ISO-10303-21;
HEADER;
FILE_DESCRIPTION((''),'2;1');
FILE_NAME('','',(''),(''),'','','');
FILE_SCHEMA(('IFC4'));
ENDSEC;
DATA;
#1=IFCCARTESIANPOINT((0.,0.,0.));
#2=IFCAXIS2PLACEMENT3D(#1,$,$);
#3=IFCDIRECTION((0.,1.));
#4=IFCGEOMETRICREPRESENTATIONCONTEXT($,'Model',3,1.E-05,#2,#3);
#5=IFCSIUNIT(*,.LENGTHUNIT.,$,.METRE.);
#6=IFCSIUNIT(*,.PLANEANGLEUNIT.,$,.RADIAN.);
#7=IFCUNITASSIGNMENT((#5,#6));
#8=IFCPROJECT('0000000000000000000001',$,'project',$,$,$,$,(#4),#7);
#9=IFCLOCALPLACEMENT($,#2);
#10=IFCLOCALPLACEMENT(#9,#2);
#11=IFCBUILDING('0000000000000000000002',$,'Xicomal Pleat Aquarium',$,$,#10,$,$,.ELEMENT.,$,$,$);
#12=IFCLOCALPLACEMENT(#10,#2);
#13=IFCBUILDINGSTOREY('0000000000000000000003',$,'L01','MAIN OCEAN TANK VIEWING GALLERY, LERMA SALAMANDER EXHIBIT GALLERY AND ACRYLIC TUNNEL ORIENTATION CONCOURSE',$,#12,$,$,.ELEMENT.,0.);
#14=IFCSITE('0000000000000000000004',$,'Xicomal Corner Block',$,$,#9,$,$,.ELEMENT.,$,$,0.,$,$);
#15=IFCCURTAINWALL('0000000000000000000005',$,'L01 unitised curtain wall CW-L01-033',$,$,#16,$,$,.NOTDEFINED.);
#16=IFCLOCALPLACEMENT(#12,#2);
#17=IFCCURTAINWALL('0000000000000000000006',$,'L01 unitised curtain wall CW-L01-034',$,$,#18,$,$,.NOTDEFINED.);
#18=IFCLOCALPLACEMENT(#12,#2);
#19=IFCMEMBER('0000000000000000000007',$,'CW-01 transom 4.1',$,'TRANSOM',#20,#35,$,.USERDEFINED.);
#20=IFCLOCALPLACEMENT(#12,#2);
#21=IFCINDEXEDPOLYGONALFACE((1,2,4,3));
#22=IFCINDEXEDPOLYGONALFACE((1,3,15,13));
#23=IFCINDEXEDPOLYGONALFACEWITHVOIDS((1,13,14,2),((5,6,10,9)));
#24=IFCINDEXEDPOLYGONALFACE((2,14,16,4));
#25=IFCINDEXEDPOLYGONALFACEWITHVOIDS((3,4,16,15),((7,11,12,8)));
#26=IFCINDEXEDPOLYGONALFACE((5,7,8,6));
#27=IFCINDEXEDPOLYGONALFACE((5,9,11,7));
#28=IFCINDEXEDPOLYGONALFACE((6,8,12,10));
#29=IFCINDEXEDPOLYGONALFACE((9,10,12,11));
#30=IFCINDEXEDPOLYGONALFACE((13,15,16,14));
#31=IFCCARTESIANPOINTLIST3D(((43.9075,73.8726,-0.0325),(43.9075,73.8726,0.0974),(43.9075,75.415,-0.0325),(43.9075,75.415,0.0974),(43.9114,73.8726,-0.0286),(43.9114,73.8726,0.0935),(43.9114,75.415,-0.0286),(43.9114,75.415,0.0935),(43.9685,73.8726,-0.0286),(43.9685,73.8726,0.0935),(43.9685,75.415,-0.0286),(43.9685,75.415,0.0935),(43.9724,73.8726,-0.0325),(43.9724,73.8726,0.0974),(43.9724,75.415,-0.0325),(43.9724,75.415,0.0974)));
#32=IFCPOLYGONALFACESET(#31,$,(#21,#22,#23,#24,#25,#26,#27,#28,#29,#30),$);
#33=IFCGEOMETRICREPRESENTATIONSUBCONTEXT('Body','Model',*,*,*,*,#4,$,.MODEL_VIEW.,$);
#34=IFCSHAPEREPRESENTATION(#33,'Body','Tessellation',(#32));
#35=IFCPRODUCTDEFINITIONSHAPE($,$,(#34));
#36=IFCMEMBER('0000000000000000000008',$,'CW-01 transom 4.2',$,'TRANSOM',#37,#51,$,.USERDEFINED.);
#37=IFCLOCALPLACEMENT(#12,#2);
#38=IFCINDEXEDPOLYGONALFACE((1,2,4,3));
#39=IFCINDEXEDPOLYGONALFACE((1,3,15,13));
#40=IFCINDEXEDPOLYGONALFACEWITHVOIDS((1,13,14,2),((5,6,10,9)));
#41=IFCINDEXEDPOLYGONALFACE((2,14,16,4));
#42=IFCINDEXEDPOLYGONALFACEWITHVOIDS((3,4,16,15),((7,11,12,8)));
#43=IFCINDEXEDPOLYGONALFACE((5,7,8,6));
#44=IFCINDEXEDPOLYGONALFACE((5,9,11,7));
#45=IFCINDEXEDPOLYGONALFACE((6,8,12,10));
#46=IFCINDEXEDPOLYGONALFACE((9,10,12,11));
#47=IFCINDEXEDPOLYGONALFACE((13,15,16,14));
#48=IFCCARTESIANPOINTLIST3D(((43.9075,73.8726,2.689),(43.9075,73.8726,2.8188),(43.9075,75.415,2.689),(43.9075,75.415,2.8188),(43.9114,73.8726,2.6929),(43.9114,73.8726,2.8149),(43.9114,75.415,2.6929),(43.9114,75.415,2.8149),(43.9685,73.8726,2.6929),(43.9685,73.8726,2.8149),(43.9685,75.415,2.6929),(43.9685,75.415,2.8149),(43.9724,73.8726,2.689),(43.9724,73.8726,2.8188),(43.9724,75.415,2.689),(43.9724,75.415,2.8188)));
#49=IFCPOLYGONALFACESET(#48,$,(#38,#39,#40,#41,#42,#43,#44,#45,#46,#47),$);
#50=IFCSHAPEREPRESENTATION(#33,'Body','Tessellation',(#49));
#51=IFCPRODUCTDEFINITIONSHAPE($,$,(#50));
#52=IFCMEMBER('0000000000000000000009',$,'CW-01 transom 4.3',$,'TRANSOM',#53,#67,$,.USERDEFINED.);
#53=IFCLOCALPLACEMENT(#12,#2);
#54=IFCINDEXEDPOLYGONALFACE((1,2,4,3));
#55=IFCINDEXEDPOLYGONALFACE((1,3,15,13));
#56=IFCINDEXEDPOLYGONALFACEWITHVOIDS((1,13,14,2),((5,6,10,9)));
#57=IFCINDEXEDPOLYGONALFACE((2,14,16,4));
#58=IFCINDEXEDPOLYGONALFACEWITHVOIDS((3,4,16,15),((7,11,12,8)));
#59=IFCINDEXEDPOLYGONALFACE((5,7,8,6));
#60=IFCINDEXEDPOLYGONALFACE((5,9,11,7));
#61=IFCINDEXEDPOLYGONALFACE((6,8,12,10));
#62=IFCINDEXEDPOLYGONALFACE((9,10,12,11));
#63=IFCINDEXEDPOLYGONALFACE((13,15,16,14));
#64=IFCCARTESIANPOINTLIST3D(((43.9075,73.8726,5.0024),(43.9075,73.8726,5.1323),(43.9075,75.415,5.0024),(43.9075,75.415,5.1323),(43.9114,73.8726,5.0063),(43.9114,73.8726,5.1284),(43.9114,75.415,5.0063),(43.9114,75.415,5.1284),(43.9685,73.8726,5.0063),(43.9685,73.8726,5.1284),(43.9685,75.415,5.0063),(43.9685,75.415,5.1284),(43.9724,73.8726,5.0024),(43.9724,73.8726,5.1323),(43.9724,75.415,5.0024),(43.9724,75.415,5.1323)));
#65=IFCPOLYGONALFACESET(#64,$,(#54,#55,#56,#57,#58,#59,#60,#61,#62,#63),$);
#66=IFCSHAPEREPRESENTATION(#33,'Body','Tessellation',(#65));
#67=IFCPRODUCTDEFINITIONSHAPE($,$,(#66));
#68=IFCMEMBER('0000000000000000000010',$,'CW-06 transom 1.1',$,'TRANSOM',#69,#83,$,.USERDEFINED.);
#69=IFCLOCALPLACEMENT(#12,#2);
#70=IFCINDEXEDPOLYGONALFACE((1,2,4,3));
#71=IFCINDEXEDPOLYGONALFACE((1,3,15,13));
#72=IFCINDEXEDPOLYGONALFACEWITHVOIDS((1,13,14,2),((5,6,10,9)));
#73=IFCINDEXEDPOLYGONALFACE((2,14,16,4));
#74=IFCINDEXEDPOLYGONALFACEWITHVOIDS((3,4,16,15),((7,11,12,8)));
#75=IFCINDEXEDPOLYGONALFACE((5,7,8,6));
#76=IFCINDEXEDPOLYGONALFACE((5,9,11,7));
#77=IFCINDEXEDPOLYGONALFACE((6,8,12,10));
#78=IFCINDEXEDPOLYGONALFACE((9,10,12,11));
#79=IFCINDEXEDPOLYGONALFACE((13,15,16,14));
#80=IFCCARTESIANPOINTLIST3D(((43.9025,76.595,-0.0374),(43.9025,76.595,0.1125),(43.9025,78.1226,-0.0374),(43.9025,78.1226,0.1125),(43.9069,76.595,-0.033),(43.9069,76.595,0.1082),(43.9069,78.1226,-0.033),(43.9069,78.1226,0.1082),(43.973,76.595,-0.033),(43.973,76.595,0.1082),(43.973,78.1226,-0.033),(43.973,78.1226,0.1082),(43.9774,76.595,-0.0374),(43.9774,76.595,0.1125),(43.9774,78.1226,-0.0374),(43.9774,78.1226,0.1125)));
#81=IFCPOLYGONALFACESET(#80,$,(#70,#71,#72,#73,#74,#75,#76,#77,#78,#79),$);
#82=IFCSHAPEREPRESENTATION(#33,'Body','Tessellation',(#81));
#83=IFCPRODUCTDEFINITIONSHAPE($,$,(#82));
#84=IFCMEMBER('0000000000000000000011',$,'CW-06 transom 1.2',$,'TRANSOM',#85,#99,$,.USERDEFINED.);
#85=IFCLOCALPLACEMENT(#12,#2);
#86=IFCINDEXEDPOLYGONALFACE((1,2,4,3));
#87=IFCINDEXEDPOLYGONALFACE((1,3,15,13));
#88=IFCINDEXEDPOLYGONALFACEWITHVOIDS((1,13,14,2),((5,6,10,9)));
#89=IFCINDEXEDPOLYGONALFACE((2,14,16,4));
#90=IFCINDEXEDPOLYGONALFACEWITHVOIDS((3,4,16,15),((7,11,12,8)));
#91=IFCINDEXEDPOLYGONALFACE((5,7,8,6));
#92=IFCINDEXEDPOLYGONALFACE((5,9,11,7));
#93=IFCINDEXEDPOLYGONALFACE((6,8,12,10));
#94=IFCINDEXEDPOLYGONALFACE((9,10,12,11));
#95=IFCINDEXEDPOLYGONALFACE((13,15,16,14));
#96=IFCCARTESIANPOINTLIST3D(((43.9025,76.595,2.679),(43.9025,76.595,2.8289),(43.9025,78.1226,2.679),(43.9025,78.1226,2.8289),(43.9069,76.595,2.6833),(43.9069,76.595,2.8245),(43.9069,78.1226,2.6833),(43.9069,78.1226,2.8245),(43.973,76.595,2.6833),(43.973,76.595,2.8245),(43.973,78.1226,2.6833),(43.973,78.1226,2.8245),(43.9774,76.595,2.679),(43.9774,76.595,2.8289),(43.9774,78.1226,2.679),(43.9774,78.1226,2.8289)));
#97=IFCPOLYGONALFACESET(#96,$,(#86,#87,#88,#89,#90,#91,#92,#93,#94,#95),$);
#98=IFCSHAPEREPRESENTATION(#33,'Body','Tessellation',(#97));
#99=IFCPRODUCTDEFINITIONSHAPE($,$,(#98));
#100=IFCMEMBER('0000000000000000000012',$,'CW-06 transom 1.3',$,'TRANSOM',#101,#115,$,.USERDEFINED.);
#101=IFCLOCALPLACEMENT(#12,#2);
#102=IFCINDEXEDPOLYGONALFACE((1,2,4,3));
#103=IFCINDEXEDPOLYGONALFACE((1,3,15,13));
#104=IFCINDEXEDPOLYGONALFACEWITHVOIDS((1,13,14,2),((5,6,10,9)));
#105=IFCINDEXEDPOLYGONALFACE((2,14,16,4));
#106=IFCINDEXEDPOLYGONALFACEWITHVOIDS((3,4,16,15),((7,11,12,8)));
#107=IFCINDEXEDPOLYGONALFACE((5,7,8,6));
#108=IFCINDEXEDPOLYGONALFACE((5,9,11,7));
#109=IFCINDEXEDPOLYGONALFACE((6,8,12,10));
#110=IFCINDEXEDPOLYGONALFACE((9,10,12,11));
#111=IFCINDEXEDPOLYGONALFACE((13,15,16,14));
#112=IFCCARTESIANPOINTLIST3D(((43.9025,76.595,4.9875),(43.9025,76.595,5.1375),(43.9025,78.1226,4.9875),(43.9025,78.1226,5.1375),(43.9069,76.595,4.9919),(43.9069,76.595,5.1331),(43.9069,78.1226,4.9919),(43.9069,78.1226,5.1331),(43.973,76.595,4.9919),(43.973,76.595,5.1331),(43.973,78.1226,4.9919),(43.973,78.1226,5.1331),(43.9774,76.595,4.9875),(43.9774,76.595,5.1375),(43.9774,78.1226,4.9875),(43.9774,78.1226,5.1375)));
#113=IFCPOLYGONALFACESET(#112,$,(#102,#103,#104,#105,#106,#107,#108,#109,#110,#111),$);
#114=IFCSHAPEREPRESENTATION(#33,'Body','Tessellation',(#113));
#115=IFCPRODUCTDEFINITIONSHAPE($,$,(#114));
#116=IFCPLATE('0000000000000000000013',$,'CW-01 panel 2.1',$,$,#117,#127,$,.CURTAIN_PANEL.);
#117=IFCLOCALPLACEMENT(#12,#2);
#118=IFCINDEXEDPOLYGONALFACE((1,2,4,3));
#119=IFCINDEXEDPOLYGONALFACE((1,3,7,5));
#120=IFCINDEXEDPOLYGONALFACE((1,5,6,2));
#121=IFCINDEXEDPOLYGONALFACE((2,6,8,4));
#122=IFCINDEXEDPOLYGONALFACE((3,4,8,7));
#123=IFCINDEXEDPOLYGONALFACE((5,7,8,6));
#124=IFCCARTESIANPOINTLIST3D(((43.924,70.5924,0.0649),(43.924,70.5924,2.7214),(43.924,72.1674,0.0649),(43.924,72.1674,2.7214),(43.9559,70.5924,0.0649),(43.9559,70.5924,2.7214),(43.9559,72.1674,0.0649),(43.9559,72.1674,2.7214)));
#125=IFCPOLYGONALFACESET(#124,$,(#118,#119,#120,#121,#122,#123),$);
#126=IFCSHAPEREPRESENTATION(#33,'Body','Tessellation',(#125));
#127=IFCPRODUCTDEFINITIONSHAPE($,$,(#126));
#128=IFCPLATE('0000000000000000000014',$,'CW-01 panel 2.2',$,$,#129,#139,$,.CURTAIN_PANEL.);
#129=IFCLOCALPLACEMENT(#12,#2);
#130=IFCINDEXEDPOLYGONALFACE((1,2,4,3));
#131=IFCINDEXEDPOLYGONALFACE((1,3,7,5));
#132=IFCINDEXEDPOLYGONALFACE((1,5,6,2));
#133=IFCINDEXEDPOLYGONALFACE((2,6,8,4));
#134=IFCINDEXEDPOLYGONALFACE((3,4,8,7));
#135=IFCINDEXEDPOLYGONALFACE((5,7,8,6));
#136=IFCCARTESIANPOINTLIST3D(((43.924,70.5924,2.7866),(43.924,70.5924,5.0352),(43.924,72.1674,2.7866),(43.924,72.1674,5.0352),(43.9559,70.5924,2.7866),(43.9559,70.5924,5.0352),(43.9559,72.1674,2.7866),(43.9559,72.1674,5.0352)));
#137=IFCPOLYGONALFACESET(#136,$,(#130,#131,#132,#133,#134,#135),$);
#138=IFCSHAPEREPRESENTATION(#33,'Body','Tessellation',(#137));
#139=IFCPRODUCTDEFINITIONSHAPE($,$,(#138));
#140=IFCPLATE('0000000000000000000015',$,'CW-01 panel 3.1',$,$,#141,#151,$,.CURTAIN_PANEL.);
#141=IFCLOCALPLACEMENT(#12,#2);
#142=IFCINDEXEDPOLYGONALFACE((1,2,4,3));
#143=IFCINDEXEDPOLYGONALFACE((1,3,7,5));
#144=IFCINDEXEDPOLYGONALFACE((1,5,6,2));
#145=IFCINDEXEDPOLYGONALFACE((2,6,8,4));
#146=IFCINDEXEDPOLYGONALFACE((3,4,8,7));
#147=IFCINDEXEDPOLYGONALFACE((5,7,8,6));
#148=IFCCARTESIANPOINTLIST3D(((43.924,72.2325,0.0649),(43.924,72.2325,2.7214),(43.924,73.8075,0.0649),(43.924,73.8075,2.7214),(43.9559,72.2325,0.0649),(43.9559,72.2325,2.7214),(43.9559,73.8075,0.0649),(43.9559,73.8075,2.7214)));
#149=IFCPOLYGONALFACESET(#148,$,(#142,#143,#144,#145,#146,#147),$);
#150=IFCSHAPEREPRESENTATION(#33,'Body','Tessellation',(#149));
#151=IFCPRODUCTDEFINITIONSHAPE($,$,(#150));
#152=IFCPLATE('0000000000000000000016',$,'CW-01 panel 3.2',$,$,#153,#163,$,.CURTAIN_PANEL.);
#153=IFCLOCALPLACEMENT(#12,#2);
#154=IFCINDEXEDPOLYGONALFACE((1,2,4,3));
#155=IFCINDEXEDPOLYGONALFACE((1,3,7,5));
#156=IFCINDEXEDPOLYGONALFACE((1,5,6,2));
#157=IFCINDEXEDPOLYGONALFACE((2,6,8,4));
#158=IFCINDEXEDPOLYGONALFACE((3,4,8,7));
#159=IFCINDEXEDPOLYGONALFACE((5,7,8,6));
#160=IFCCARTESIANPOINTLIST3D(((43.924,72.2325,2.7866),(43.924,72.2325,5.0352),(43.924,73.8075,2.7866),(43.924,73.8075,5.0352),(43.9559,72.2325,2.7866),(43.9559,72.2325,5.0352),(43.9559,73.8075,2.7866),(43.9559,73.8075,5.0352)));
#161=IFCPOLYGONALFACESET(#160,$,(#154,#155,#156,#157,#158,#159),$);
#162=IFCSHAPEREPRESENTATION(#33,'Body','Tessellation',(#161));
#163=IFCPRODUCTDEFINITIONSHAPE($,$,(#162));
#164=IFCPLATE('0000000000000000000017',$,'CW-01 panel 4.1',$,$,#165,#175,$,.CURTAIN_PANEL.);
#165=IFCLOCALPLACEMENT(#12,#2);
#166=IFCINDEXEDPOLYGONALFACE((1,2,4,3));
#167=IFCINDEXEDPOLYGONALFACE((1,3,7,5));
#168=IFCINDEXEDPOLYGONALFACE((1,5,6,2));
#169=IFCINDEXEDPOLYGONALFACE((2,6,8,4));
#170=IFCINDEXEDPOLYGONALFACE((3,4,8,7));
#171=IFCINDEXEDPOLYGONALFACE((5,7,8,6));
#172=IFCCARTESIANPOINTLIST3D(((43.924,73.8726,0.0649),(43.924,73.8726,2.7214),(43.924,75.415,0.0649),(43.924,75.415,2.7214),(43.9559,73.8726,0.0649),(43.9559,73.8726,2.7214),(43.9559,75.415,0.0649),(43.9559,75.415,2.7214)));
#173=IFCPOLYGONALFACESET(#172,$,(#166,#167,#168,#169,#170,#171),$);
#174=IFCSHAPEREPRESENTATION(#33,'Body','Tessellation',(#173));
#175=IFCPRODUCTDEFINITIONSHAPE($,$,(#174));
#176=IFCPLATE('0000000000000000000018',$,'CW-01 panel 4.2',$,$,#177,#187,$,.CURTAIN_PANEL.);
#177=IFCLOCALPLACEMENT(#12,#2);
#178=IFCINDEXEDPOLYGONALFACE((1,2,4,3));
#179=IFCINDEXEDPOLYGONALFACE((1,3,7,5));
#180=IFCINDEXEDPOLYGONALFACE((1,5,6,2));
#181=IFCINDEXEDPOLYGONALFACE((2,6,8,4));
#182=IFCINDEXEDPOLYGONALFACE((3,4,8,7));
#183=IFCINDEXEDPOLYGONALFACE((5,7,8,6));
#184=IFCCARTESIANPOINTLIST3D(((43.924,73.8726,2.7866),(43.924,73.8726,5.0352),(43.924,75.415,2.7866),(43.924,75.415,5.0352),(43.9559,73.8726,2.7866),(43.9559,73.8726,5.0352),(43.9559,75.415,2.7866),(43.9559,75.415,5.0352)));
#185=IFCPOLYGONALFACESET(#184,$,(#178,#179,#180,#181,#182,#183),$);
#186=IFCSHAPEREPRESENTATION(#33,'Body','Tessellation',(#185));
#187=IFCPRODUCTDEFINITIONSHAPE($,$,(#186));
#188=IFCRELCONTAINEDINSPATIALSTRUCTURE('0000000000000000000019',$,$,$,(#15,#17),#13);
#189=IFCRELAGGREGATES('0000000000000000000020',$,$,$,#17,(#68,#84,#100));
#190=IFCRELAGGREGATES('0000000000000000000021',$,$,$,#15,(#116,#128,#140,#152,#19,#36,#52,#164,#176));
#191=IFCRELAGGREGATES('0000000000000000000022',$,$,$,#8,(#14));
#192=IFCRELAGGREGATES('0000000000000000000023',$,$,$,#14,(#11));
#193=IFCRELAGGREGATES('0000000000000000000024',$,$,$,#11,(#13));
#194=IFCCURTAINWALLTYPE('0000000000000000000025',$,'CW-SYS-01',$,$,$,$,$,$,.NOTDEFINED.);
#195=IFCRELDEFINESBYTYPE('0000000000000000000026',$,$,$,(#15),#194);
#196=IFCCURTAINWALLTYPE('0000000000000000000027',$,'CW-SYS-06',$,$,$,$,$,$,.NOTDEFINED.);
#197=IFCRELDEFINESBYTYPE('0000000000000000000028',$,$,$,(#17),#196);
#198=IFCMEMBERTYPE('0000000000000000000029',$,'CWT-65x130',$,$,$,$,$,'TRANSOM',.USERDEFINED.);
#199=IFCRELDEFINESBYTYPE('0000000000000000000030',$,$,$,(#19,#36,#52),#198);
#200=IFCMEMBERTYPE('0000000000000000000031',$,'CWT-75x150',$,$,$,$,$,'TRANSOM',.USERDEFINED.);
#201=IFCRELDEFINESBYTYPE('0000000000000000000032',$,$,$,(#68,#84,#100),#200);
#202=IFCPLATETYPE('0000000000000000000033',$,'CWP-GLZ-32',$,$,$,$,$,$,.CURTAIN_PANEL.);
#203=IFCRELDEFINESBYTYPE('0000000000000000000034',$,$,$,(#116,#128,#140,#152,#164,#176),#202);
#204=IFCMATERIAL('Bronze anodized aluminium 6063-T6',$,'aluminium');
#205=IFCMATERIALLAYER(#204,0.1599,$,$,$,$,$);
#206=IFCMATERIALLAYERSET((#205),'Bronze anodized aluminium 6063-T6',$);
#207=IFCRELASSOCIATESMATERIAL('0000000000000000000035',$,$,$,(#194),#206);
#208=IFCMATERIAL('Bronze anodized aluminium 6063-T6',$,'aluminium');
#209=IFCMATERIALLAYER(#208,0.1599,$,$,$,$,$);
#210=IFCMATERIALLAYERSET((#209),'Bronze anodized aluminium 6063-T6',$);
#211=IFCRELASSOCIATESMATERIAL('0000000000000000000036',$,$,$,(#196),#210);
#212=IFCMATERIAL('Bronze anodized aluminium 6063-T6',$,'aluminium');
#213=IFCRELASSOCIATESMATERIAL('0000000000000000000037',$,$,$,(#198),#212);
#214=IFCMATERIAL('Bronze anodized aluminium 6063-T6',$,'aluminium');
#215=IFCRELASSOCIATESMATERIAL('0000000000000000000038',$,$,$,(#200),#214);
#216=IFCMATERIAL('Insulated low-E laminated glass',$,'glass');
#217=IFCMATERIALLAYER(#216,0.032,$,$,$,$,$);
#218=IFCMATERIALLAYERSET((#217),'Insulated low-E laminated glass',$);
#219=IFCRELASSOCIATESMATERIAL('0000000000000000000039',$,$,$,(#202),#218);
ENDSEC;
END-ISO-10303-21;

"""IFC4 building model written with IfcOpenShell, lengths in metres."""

from ifc_helpers import new_model, si_unit, direction, frame, origin, origin_2d, place, context, subcontext, project, spatial, rectangle, hollow_rectangle, extrude, material, layer, layer_set, material_profile, profile_set, type_object, element, aggregate, save


model = new_model("IFC4")

# Units and contexts
model_context = context("Model", 3, precision=1e-05, world=origin(), true_north=direction((0.0, 1.0)))
body_context = subcontext(model_context, "Body", "Model", "MODEL_VIEW")
ifc_project = project(units=[si_unit("LENGTHUNIT", "METRE"), si_unit("PLANEANGLEUNIT", "RADIAN")], contexts=[model_context])

# Site, building, storey
site_placement = place(None, origin())
site = spatial("IfcSite", under=ifc_project, at=site_placement, Name="Xicomal Corner Block", CompositionType="ELEMENT", RefElevation=0.0)
building_placement = place(site_placement, origin())
building = spatial("IfcBuilding", under=site, at=building_placement, Name="Xicomal Pleat Aquarium", CompositionType="ELEMENT")
storey_placement = place(building_placement, origin())
storey = spatial("IfcBuildingStorey", under=building, at=storey_placement, Name="L01", Description="MAIN OCEAN TANK VIEWING GALLERY, LERMA SALAMANDER EXHIBIT GALLERY AND ACRYLIC TUNNEL ORIENTATION CONCOURSE", CompositionType="ELEMENT", Elevation=0.0)

# Curtain wall
ifc_material_1 = material(Name="Bronze anodized aluminium 6063-T6", Category="aluminium")
ifc_layer_1 = layer(ifc_material_1, 0.1599)
ifc_layer_set_1 = layer_set([ifc_layer_1], Name="Bronze anodized aluminium 6063-T6")
curtain_wall_type_1 = type_object("IfcCurtainWallType", Name="CW-SYS-01", PredefinedType="NOTDEFINED", material=ifc_layer_set_1)
curtain_wall_1_placement = place(storey_placement, origin())
curtain_wall_1 = element("IfcCurtainWall", 1, at=curtain_wall_1_placement, inside=storey, type_object=curtain_wall_type_1, Name="L01 unitised curtain wall CW-L01-033", PredefinedType="NOTDEFINED")

# Curtain wall
ifc_material_2 = material(Name="Bronze anodized aluminium 6063-T6", Category="aluminium")
ifc_layer_2 = layer(ifc_material_2, 0.1599)
ifc_layer_set_2 = layer_set([ifc_layer_2], Name="Bronze anodized aluminium 6063-T6")
curtain_wall_type_2 = type_object("IfcCurtainWallType", Name="CW-SYS-06", PredefinedType="NOTDEFINED", material=ifc_layer_set_2)
curtain_wall_2_placement = place(storey_placement, origin())
curtain_wall_2 = element("IfcCurtainWall", 2, at=curtain_wall_2_placement, inside=storey, type_object=curtain_wall_type_2, Name="L01 unitised curtain wall CW-L01-034", PredefinedType="NOTDEFINED")

# Members
ifc_material_3 = material(Name="Bronze anodized aluminium 6063-T6", Category="aluminium")
ifc_material_profile_1 = material_profile(ifc_material_3, hollow_rectangle(XDim=0.0649, YDim=0.1299, WallThickness=0.0039, at=origin_2d()), Name="ALU TRAN 65x130")
ifc_profile_set_1 = profile_set([ifc_material_profile_1], Name="Bronze anodized aluminium 6063-T6")
member_type_1 = type_object("IfcMemberType", Name="CWT-65x130", ElementType="TRANSOM", PredefinedType="USERDEFINED", material=ifc_profile_set_1)
member_1_placement = place(storey_placement, frame((43.9399, 73.8726, 0.0325), z_axis=(0.0, 1.0, 0.0), x_axis=(-1.0, 0.0, 0.0)))
member_1 = element("IfcMember", 3, at=member_1_placement, type_object=member_type_1, Name="CW-01 transom 4.1", ObjectType="TRANSOM", PredefinedType="USERDEFINED", context=body_context, shape_type="SweptSolid", body=[
    extrude(hollow_rectangle(XDim=0.0649, YDim=0.1299, WallThickness=0.0039, at=origin_2d()), origin(), (0.0, 0.0, 1.0), 1.5425),
])
member_2_placement = place(storey_placement, frame((43.9399, 73.8726, 2.7539), z_axis=(0.0, 1.0, 0.0), x_axis=(-1.0, 0.0, 0.0)))
member_2 = element("IfcMember", 4, at=member_2_placement, type_object=member_type_1, Name="CW-01 transom 4.2", ObjectType="TRANSOM", PredefinedType="USERDEFINED", context=body_context, shape_type="SweptSolid", body=[
    extrude(hollow_rectangle(XDim=0.0649, YDim=0.1299, WallThickness=0.0039, at=origin_2d()), origin(), (0.0, 0.0, 1.0), 1.5425),
])
member_3_placement = place(storey_placement, frame((43.9399, 73.8726, 5.0674), z_axis=(0.0, 1.0, 0.0), x_axis=(-1.0, 0.0, 0.0)))
member_3 = element("IfcMember", 5, at=member_3_placement, type_object=member_type_1, Name="CW-01 transom 4.3", ObjectType="TRANSOM", PredefinedType="USERDEFINED", context=body_context, shape_type="SweptSolid", body=[
    extrude(hollow_rectangle(XDim=0.0649, YDim=0.1299, WallThickness=0.0039, at=origin_2d()), origin(), (0.0, 0.0, 1.0), 1.5425),
])
ifc_material_4 = material(Name="Bronze anodized aluminium 6063-T6", Category="aluminium")
ifc_material_profile_2 = material_profile(ifc_material_4, hollow_rectangle(XDim=0.075, YDim=0.1499, WallThickness=0.0044, at=origin_2d()), Name="ALU TRAN 75x150")
ifc_profile_set_2 = profile_set([ifc_material_profile_2], Name="Bronze anodized aluminium 6063-T6")
member_type_2 = type_object("IfcMemberType", Name="CWT-75x150", ElementType="TRANSOM", PredefinedType="USERDEFINED", material=ifc_profile_set_2)
member_4_placement = place(storey_placement, frame((43.9399, 76.595, 0.0376), z_axis=(0.0, 1.0, 0.0), x_axis=(-1.0, 0.0, 0.0)))
member_4 = element("IfcMember", 6, at=member_4_placement, type_object=member_type_2, Name="CW-06 transom 1.1", ObjectType="TRANSOM", PredefinedType="USERDEFINED", context=body_context, shape_type="SweptSolid", body=[
    extrude(hollow_rectangle(XDim=0.075, YDim=0.1499, WallThickness=0.0044, at=origin_2d()), origin(), (0.0, 0.0, 1.0), 1.5276),
])
member_5_placement = place(storey_placement, frame((43.9399, 76.595, 2.7539), z_axis=(0.0, 1.0, 0.0), x_axis=(-1.0, 0.0, 0.0)))
member_5 = element("IfcMember", 7, at=member_5_placement, type_object=member_type_2, Name="CW-06 transom 1.2", ObjectType="TRANSOM", PredefinedType="USERDEFINED", context=body_context, shape_type="SweptSolid", body=[
    extrude(hollow_rectangle(XDim=0.075, YDim=0.1499, WallThickness=0.0044, at=origin_2d()), origin(), (0.0, 0.0, 1.0), 1.5276),
])
member_6_placement = place(storey_placement, frame((43.9399, 76.595, 5.0625), z_axis=(0.0, 1.0, 0.0), x_axis=(-1.0, 0.0, 0.0)))
member_6 = element("IfcMember", 8, at=member_6_placement, type_object=member_type_2, Name="CW-06 transom 1.3", ObjectType="TRANSOM", PredefinedType="USERDEFINED", context=body_context, shape_type="SweptSolid", body=[
    extrude(hollow_rectangle(XDim=0.075, YDim=0.1499, WallThickness=0.0044, at=origin_2d()), origin(), (0.0, 0.0, 1.0), 1.5276),
])
aggregate(curtain_wall_2, [member_4, member_5, member_6])

# Plates
ifc_material_5 = material(Name="Insulated low-E laminated glass", Category="glass")
ifc_layer_3 = layer(ifc_material_5, 0.032)
ifc_layer_set_3 = layer_set([ifc_layer_3], Name="Insulated low-E laminated glass")
plate_type = type_object("IfcPlateType", Name="CWP-GLZ-32", PredefinedType="CURTAIN_PANEL", material=ifc_layer_set_3)
plate_1_placement = place(storey_placement, frame((43.9399, 71.3799, 0.0649), z_axis=(0.0, 0.0, 1.0), x_axis=(0.0, 1.0, 0.0)))
plate_1 = element("IfcPlate", 9, at=plate_1_placement, type_object=plate_type, Name="CW-01 panel 2.1", PredefinedType="CURTAIN_PANEL", context=body_context, shape_type="SweptSolid", body=[
    extrude(rectangle(XDim=1.575, YDim=0.032, at=origin_2d()), origin(), (0.0, 0.0, 1.0), 2.6565),
])
plate_2_placement = place(storey_placement, frame((43.9399, 71.3799, 2.7866), z_axis=(0.0, 0.0, 1.0), x_axis=(0.0, 1.0, 0.0)))
plate_2 = element("IfcPlate", 10, at=plate_2_placement, type_object=plate_type, Name="CW-01 panel 2.2", PredefinedType="CURTAIN_PANEL", context=body_context, shape_type="SweptSolid", body=[
    extrude(rectangle(XDim=1.575, YDim=0.032, at=origin_2d()), origin(), (0.0, 0.0, 1.0), 2.2485),
])
plate_3_placement = place(storey_placement, frame((43.9399, 73.02, 0.0649), z_axis=(0.0, 0.0, 1.0), x_axis=(0.0, 1.0, 0.0)))
plate_3 = element("IfcPlate", 11, at=plate_3_placement, type_object=plate_type, Name="CW-01 panel 3.1", PredefinedType="CURTAIN_PANEL", context=body_context, shape_type="SweptSolid", body=[
    extrude(rectangle(XDim=1.575, YDim=0.032, at=origin_2d()), origin(), (0.0, 0.0, 1.0), 2.6565),
])
plate_4_placement = place(storey_placement, frame((43.9399, 73.02, 2.7866), z_axis=(0.0, 0.0, 1.0), x_axis=(0.0, 1.0, 0.0)))
plate_4 = element("IfcPlate", 12, at=plate_4_placement, type_object=plate_type, Name="CW-01 panel 3.2", PredefinedType="CURTAIN_PANEL", context=body_context, shape_type="SweptSolid", body=[
    extrude(rectangle(XDim=1.575, YDim=0.032, at=origin_2d()), origin(), (0.0, 0.0, 1.0), 2.2485),
])
plate_5_placement = place(storey_placement, frame((43.9399, 74.6438, 0.0649), z_axis=(0.0, 0.0, 1.0), x_axis=(0.0, 1.0, 0.0)))
plate_5 = element("IfcPlate", 13, at=plate_5_placement, type_object=plate_type, Name="CW-01 panel 4.1", PredefinedType="CURTAIN_PANEL", context=body_context, shape_type="SweptSolid", body=[
    extrude(rectangle(XDim=1.5425, YDim=0.032, at=origin_2d()), origin(), (0.0, 0.0, 1.0), 2.6565),
])
plate_6_placement = place(storey_placement, frame((43.9399, 74.6438, 2.7866), z_axis=(0.0, 0.0, 1.0), x_axis=(0.0, 1.0, 0.0)))
plate_6 = element("IfcPlate", 14, at=plate_6_placement, type_object=plate_type, Name="CW-01 panel 4.2", PredefinedType="CURTAIN_PANEL", context=body_context, shape_type="SweptSolid", body=[
    extrude(rectangle(XDim=1.5425, YDim=0.032, at=origin_2d()), origin(), (0.0, 0.0, 1.0), 2.2485),
])
aggregate(curtain_wall_1, [plate_1, plate_2, plate_3, plate_4, member_1, member_2, member_3, plate_5, plate_6])

save(model, "model.ifc")
